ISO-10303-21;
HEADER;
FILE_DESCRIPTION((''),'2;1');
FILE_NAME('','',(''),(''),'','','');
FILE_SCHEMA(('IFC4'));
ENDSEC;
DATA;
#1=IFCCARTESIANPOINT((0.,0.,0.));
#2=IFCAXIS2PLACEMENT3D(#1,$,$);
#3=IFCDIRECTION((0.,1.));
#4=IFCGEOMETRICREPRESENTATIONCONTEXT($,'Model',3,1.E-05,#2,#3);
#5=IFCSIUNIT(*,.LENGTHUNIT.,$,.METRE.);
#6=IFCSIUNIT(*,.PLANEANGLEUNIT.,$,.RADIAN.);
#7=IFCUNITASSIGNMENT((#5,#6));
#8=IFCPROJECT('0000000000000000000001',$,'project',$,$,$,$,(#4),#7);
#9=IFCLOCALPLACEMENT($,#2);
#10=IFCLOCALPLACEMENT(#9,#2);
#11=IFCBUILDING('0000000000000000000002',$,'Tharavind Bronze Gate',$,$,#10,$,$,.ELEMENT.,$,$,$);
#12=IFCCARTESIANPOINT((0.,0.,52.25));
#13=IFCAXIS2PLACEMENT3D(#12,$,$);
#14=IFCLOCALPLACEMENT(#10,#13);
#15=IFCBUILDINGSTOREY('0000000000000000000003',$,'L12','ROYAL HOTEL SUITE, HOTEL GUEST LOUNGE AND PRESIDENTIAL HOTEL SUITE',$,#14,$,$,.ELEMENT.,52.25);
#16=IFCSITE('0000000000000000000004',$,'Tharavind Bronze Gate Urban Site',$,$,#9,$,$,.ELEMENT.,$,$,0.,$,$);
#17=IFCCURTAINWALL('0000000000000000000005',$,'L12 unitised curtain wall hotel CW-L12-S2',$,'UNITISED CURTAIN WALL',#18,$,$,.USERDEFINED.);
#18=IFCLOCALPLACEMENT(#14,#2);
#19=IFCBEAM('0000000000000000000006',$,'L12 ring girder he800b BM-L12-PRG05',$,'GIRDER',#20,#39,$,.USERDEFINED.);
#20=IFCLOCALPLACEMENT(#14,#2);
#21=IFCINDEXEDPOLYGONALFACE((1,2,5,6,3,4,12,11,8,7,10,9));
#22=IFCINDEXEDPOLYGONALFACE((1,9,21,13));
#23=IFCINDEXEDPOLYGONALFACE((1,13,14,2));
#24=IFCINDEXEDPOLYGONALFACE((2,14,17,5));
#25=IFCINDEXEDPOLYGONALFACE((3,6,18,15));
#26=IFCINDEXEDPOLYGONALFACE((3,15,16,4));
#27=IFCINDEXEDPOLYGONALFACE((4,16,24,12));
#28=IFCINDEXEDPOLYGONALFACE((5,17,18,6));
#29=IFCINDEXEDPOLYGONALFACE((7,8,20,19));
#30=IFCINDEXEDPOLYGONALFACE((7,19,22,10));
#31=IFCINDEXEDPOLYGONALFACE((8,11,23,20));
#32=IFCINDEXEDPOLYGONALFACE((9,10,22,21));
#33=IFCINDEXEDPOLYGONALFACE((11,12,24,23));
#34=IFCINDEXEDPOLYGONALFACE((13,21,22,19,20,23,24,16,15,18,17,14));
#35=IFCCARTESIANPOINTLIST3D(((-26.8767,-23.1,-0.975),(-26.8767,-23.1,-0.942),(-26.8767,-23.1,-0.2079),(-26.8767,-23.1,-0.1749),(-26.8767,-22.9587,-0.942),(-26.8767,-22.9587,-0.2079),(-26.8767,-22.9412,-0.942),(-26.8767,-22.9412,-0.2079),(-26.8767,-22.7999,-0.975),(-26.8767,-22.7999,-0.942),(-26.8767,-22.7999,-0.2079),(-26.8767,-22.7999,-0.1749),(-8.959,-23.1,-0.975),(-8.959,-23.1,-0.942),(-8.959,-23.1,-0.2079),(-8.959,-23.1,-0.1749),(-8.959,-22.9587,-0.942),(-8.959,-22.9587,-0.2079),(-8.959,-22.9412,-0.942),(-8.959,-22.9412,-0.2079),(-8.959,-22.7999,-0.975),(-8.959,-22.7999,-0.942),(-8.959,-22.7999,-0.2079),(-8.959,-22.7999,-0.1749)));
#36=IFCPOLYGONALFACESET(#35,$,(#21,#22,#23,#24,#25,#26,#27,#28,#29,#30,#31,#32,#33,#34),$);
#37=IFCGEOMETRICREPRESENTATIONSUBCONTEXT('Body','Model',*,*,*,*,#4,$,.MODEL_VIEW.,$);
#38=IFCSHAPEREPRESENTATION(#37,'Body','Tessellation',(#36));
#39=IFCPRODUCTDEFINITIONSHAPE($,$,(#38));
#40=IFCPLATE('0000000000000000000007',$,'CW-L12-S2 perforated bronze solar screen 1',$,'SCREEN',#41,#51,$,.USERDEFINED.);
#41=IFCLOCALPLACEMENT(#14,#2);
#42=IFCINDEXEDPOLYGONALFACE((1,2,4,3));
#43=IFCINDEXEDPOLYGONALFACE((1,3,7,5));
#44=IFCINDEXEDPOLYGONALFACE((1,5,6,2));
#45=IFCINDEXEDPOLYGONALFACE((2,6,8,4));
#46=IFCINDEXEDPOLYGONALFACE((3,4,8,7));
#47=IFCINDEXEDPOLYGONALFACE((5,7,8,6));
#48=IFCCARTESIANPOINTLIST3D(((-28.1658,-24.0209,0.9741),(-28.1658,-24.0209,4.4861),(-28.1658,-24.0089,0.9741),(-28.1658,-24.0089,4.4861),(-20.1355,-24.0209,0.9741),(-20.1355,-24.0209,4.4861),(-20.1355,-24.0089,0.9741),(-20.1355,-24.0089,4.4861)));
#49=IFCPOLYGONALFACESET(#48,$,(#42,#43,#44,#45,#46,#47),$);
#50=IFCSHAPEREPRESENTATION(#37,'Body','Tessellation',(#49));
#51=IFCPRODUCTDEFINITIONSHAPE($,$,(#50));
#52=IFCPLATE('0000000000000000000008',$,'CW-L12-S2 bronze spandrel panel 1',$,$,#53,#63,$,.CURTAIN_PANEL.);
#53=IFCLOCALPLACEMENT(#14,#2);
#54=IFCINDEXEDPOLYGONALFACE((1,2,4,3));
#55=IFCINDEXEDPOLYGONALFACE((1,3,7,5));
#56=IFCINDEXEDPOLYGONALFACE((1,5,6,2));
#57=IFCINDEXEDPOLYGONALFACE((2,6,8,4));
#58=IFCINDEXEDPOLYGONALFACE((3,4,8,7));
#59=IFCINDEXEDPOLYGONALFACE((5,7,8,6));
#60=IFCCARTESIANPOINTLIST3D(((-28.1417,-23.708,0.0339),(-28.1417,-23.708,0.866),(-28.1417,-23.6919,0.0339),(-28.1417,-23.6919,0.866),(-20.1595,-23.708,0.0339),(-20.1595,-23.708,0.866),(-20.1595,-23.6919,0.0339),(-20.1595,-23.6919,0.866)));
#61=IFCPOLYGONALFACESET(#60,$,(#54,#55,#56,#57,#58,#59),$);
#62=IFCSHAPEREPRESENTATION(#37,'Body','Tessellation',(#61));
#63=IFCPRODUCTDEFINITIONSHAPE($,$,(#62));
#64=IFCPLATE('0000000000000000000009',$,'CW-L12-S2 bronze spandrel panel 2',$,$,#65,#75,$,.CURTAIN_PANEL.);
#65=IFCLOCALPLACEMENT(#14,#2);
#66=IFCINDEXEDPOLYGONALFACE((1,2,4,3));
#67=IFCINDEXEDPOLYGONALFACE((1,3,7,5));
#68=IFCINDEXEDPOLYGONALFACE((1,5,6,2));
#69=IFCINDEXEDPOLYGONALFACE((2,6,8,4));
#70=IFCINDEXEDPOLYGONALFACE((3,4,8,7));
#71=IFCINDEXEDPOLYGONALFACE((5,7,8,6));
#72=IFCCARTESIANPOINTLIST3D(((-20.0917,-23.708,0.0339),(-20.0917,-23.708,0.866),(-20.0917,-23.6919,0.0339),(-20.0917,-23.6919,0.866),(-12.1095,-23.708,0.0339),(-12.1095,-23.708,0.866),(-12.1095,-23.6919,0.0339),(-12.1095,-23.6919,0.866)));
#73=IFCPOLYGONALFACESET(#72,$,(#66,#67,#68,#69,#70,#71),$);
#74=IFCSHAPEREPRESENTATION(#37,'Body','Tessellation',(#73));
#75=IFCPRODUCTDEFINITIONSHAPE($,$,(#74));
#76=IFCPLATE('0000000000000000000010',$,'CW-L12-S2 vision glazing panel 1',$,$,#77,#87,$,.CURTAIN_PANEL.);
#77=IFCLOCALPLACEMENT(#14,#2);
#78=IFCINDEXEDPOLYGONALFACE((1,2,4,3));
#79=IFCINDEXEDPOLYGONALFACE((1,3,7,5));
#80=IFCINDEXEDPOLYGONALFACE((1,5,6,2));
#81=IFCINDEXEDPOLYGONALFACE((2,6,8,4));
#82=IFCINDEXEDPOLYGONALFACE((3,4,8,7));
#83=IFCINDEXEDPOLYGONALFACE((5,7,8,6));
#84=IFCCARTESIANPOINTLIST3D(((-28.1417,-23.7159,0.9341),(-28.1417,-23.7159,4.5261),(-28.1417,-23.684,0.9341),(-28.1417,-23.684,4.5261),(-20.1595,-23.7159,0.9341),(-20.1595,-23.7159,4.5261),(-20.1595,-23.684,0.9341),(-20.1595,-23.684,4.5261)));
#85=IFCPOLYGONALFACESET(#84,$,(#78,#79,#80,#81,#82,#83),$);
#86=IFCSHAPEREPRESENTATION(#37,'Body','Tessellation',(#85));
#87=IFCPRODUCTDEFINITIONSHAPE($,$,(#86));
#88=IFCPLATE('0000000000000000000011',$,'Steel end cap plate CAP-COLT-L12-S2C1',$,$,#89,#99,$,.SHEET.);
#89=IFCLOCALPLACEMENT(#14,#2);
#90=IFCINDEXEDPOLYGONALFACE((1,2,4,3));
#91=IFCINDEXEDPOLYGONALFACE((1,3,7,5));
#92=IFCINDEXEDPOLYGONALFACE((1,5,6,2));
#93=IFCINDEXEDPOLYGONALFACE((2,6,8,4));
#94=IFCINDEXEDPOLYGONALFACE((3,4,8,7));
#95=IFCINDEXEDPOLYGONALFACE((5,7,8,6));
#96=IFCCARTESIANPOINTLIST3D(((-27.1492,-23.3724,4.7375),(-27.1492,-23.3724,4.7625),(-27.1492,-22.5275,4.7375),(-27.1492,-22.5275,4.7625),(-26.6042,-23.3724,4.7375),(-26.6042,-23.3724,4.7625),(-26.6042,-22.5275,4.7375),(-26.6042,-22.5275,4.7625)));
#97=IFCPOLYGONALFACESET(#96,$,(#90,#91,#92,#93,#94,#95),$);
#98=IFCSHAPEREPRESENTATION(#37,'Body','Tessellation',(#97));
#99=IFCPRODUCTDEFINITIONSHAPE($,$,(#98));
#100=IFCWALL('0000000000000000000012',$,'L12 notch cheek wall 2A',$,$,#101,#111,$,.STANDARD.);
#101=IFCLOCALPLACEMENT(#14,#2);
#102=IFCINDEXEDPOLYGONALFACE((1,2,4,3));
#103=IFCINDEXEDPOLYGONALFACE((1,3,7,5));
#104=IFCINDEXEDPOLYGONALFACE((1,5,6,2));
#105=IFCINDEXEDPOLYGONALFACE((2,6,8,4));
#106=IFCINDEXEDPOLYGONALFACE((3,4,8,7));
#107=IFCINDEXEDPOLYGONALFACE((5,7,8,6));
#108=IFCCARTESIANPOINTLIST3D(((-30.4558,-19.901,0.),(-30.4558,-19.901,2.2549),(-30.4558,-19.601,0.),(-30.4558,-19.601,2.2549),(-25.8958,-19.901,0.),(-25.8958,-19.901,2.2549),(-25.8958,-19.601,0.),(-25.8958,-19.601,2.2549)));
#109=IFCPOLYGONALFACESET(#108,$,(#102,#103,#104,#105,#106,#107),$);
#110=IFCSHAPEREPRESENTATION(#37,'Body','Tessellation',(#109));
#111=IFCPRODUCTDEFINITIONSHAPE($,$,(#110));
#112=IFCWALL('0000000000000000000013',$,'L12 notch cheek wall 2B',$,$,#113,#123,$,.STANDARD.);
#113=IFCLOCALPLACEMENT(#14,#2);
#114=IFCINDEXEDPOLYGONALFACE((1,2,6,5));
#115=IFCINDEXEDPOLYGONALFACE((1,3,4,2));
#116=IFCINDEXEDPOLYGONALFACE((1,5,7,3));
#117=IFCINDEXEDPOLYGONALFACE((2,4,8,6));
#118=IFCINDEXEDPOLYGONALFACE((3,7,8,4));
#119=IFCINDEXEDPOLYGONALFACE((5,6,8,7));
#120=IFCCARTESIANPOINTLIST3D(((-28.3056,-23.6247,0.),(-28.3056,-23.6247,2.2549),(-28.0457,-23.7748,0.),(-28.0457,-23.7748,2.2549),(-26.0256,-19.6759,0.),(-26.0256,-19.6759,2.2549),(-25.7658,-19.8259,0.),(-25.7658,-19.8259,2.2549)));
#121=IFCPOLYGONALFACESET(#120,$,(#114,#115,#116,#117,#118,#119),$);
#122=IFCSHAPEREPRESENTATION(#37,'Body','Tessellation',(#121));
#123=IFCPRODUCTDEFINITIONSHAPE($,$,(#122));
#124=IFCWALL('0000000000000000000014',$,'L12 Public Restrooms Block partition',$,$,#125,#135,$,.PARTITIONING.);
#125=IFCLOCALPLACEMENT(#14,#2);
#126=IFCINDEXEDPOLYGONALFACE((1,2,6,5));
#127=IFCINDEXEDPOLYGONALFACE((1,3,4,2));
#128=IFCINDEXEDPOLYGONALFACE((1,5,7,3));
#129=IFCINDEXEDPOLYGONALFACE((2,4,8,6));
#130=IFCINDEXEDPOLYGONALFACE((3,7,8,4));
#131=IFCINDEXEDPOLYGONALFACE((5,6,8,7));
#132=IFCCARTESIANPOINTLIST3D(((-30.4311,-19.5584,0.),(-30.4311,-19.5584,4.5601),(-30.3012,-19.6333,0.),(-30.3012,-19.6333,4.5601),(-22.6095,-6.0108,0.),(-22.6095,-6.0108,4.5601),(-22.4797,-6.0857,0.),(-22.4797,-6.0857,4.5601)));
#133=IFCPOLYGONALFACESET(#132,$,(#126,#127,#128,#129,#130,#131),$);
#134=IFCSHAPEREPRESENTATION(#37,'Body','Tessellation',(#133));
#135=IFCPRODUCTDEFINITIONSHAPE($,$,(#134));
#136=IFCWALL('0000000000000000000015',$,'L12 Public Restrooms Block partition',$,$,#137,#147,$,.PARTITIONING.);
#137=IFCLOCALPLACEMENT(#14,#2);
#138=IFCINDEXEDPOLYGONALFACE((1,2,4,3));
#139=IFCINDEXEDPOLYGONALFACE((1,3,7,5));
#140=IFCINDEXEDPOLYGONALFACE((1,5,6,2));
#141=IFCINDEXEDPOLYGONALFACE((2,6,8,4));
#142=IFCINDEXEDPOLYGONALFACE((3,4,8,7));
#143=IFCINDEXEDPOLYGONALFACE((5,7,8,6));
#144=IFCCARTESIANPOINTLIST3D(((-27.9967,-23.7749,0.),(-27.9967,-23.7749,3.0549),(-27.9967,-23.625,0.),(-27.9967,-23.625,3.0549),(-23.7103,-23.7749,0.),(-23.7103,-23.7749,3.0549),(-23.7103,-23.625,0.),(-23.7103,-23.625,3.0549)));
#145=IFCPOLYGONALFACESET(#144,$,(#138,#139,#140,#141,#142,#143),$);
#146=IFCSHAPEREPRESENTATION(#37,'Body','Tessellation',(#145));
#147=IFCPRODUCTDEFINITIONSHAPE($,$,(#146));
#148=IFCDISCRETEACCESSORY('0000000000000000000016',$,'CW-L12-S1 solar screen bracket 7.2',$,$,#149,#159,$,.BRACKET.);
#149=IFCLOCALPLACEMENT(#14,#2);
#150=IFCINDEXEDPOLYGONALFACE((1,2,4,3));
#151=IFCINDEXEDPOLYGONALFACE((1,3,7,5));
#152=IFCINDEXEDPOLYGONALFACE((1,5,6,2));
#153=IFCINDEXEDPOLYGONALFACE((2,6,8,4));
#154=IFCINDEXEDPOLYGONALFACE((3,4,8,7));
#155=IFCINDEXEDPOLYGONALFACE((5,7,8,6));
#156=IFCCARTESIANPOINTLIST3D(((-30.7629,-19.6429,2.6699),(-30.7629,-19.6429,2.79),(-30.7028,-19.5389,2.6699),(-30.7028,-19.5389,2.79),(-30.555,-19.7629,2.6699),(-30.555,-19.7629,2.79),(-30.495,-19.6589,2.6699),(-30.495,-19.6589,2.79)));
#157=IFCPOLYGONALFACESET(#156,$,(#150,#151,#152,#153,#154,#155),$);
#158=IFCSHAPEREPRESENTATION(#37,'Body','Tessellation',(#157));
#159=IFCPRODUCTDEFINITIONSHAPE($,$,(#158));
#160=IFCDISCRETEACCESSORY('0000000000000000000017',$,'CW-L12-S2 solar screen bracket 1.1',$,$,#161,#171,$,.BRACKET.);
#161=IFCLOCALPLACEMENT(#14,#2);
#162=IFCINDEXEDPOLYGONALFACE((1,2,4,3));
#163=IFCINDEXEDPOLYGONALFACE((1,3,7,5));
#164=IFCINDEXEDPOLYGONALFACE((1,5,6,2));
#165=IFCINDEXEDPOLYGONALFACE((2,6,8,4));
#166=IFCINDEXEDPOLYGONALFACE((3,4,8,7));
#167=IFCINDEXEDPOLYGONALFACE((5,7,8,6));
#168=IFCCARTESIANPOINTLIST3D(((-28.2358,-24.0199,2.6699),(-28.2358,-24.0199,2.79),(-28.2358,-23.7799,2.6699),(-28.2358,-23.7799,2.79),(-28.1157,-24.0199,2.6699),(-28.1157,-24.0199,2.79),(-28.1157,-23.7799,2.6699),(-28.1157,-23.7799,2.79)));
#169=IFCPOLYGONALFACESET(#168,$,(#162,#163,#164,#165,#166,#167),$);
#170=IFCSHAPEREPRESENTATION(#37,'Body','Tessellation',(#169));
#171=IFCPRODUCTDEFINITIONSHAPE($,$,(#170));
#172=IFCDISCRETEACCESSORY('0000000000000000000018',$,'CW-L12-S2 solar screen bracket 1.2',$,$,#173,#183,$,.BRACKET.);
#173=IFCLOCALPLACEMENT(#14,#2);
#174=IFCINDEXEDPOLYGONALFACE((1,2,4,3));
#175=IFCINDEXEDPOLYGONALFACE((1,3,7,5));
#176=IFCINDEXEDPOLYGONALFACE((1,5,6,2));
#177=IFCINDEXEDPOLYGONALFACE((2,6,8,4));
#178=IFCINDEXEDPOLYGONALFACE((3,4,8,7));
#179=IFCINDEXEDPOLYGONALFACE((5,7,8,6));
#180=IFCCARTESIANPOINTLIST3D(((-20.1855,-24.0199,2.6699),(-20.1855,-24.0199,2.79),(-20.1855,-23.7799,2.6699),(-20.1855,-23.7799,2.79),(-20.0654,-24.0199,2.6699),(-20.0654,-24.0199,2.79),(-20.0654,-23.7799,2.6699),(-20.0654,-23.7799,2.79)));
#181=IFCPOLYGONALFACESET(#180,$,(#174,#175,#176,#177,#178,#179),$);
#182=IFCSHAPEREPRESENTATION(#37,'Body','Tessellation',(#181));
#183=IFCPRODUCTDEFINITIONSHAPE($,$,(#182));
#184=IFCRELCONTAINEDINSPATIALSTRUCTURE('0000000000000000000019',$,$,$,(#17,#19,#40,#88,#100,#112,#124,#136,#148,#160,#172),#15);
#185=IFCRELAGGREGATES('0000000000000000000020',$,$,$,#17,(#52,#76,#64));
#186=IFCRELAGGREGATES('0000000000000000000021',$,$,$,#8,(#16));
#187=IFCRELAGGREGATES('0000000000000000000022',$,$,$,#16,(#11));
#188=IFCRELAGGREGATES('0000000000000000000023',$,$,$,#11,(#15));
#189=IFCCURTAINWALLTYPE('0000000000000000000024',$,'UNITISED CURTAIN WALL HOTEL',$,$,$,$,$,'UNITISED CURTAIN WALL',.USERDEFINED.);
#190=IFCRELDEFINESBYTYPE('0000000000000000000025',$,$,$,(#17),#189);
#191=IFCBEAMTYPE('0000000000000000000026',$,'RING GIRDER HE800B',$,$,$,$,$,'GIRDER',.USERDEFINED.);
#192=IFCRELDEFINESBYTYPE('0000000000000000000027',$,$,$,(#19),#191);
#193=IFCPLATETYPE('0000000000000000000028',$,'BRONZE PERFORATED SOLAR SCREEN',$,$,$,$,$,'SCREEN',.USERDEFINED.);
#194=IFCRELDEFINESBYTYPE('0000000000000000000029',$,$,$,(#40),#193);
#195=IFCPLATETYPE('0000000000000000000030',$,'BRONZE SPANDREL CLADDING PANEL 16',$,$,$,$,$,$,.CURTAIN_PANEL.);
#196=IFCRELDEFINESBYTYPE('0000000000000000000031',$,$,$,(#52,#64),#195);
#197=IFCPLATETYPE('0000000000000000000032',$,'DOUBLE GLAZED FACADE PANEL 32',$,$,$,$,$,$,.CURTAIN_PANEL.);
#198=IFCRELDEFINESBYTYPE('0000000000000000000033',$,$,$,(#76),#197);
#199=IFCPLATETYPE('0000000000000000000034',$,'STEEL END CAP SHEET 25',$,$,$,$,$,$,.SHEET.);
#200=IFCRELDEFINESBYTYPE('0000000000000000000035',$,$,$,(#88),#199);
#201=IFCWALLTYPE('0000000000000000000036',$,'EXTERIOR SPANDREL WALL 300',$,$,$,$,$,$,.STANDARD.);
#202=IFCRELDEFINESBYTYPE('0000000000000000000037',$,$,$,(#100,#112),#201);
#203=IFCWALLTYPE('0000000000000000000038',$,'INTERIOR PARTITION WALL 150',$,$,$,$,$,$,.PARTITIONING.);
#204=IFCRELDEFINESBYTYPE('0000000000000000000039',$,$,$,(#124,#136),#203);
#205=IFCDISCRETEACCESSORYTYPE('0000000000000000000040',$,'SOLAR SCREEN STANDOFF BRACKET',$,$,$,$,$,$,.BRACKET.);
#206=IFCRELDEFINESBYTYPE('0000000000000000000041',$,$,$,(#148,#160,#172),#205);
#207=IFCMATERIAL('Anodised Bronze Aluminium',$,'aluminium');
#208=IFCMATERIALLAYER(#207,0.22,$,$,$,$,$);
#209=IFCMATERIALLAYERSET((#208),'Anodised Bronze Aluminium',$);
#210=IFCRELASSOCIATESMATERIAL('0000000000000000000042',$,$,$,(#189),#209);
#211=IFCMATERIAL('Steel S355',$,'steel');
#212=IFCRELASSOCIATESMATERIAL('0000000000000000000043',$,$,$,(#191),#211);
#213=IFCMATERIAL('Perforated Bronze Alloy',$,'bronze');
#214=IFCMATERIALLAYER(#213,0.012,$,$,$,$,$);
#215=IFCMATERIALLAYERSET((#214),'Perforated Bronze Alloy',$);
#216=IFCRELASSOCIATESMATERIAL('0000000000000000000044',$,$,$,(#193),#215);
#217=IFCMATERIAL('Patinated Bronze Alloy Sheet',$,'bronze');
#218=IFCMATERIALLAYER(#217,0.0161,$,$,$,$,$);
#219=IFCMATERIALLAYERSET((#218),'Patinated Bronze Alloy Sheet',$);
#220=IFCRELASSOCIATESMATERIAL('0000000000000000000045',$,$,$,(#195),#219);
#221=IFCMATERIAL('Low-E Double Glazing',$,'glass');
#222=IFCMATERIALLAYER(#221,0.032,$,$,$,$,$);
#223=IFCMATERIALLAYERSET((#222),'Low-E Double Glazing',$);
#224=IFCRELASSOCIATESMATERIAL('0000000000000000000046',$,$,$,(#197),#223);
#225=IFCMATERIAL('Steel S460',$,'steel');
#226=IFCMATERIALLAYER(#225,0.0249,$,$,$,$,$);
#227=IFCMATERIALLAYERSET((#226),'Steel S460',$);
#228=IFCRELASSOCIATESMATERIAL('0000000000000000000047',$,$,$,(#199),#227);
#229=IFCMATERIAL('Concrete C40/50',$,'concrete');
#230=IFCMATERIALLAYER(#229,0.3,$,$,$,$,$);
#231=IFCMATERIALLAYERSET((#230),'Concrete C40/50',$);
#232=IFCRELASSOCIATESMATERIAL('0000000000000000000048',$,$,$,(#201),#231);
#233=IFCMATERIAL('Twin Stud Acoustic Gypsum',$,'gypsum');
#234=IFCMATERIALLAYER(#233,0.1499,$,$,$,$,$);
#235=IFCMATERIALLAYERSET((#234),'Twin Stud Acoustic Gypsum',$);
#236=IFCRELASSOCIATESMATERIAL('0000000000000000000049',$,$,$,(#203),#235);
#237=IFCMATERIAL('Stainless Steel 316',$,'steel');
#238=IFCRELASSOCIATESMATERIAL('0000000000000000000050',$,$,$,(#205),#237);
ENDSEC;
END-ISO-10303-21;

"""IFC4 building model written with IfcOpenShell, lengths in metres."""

from ifc_helpers import new_model, si_unit, direction, frame, frame_2d, origin, origin_2d, place, context, subcontext, project, spatial, rectangle, i_section, extrude, material, layer, layer_set, material_profile, profile_set, type_object, element, aggregate, save


model = new_model("IFC4")

# Units and contexts
model_context = context("Model", 3, precision=1e-05, world=origin(), true_north=direction((0.0, 1.0)))
body_context = subcontext(model_context, "Body", "Model", "MODEL_VIEW")
ifc_project = project(units=[si_unit("LENGTHUNIT", "METRE"), si_unit("PLANEANGLEUNIT", "RADIAN")], contexts=[model_context])

# Site, building, storey
site_placement = place(None, origin())
site = spatial("IfcSite", under=ifc_project, at=site_placement, Name="Tharavind Bronze Gate Urban Site", CompositionType="ELEMENT", RefElevation=0.0)
building_placement = place(site_placement, origin())
building = spatial("IfcBuilding", under=site, at=building_placement, Name="Tharavind Bronze Gate", CompositionType="ELEMENT")
storey_placement = place(building_placement, frame((0.0, 0.0, 52.25)))
storey = spatial("IfcBuildingStorey", under=building, at=storey_placement, Name="L12", Description="ROYAL HOTEL SUITE, HOTEL GUEST LOUNGE AND PRESIDENTIAL HOTEL SUITE", CompositionType="ELEMENT", Elevation=52.25)

# Shared definitions
ifc_material_1 = material(Name="Steel S460", Category="steel")

# Shared definitions
ifc_material_2 = material(Name="Anodised Bronze Aluminium", Category="aluminium")
ifc_layer_1 = layer(ifc_material_2, 0.22)
ifc_layer_set_1 = layer_set([ifc_layer_1], Name="Anodised Bronze Aluminium")
curtain_wall_type = type_object("IfcCurtainWallType", Name="UNITISED CURTAIN WALL HOTEL", ElementType="UNITISED CURTAIN WALL", PredefinedType="USERDEFINED", material=ifc_layer_set_1)

# Curtain wall
curtain_wall_1_placement = place(storey_placement, origin())
curtain_wall_1 = element("IfcCurtainWall", 1, at=curtain_wall_1_placement, inside=storey, type_object=curtain_wall_type, Name="L12 unitised curtain wall hotel CW-L12-S2", ObjectType="UNITISED CURTAIN WALL", PredefinedType="USERDEFINED")

# Beam
ifc_material_3 = material(Name="Steel S355", Category="steel")
ifc_material_profile_1 = material_profile(ifc_material_3, i_section(OverallWidth=0.3, OverallDepth=0.8, WebThickness=0.0176, FlangeThickness=0.033, at=origin_2d()), Name="HE800B")
ifc_profile_set_1 = profile_set([ifc_material_profile_1], Name="Steel S355")
beam_type_1 = type_object("IfcBeamType", Name="RING GIRDER HE800B", ElementType="GIRDER", PredefinedType="USERDEFINED", material=ifc_profile_set_1)
beam_1_placement = place(storey_placement, frame((-26.8767, -22.95, -0.575), z_axis=(1.0, 0.0, 0.0), x_axis=(0.0, 1.0, 0.0)))
element("IfcBeam", 2, at=beam_1_placement, inside=storey, type_object=beam_type_1, Name="L12 ring girder he800b BM-L12-PRG05", ObjectType="GIRDER", PredefinedType="USERDEFINED", context=body_context, shape_type="SweptSolid", body=[
    extrude(i_section(OverallWidth=0.3, OverallDepth=0.8, WebThickness=0.0176, FlangeThickness=0.033, at=origin_2d()), origin(), (0.0, 0.0, 1.0), 17.9177),
])

# Plates
ifc_material_4 = material(Name="Perforated Bronze Alloy", Category="bronze")
ifc_layer_2 = layer(ifc_material_4, 0.012)
ifc_layer_set_2 = layer_set([ifc_layer_2], Name="Perforated Bronze Alloy")
plate_type_1 = type_object("IfcPlateType", Name="BRONZE PERFORATED SOLAR SCREEN", ElementType="SCREEN", PredefinedType="USERDEFINED", material=ifc_layer_set_2)
plate_1_placement = place(storey_placement, frame((-24.1506, -24.0149, 0.9741), z_axis=(0.0, 0.0, 1.0), x_axis=(1.0, 0.0, 0.0)))
element("IfcPlate", 3, at=plate_1_placement, inside=storey, type_object=plate_type_1, Name="CW-L12-S2 perforated bronze solar screen 1", ObjectType="SCREEN", PredefinedType="USERDEFINED", context=body_context, shape_type="SweptSolid", body=[
    extrude(rectangle(XDim=8.0303, YDim=0.012, at=origin_2d()), origin(), (0.0, 0.0, 1.0), 3.512),
])
ifc_material_5 = material(Name="Patinated Bronze Alloy Sheet", Category="bronze")
ifc_layer_3 = layer(ifc_material_5, 0.0161)
ifc_layer_set_3 = layer_set([ifc_layer_3], Name="Patinated Bronze Alloy Sheet")
plate_type_2 = type_object("IfcPlateType", Name="BRONZE SPANDREL CLADDING PANEL 16", PredefinedType="CURTAIN_PANEL", material=ifc_layer_set_3)
plate_2_placement = place(storey_placement, frame((-24.1506, -23.7, 0.0339), z_axis=(0.0, 0.0, 1.0), x_axis=(1.0, 0.0, 0.0)))
plate_2 = element("IfcPlate", 4, at=plate_2_placement, type_object=plate_type_2, Name="CW-L12-S2 bronze spandrel panel 1", PredefinedType="CURTAIN_PANEL", context=body_context, shape_type="SweptSolid", body=[
    extrude(rectangle(XDim=7.9822, YDim=0.0161, at=origin_2d()), origin(), (0.0, 0.0, 1.0), 0.832),
])
plate_3_placement = place(storey_placement, frame((-16.1006, -23.7, 0.0339), z_axis=(0.0, 0.0, 1.0), x_axis=(1.0, 0.0, 0.0)))
plate_3 = element("IfcPlate", 5, at=plate_3_placement, type_object=plate_type_2, Name="CW-L12-S2 bronze spandrel panel 2", PredefinedType="CURTAIN_PANEL", context=body_context, shape_type="SweptSolid", body=[
    extrude(rectangle(XDim=7.9822, YDim=0.0161, at=origin_2d()), origin(), (0.0, 0.0, 1.0), 0.832),
])
ifc_material_6 = material(Name="Low-E Double Glazing", Category="glass")
ifc_layer_4 = layer(ifc_material_6, 0.032)
ifc_layer_set_4 = layer_set([ifc_layer_4], Name="Low-E Double Glazing")
plate_type_3 = type_object("IfcPlateType", Name="DOUBLE GLAZED FACADE PANEL 32", PredefinedType="CURTAIN_PANEL", material=ifc_layer_set_4)
plate_4_placement = place(storey_placement, frame((-24.1506, -23.7, 0.9341), z_axis=(0.0, 0.0, 1.0), x_axis=(1.0, 0.0, 0.0)))
plate_4 = element("IfcPlate", 6, at=plate_4_placement, type_object=plate_type_3, Name="CW-L12-S2 vision glazing panel 1", PredefinedType="CURTAIN_PANEL", context=body_context, shape_type="SweptSolid", body=[
    extrude(rectangle(XDim=7.9822, YDim=0.032, at=origin_2d()), origin(), (0.0, 0.0, 1.0), 3.592),
])
aggregate(curtain_wall_1, [plate_2, plate_4, plate_3])
ifc_layer_5 = layer(ifc_material_1, 0.0249)
ifc_layer_set_5 = layer_set([ifc_layer_5], Name="Steel S460")
plate_type_4 = type_object("IfcPlateType", Name="STEEL END CAP SHEET 25", PredefinedType="SHEET", material=ifc_layer_set_5)
plate_5_placement = place(storey_placement, frame((-26.8767, -22.95, 4.7375), z_axis=(0.0, 0.0, 1.0), x_axis=(1.0, 0.0, 0.0)))
element("IfcPlate", 7, at=plate_5_placement, inside=storey, type_object=plate_type_4, Name="Steel end cap plate CAP-COLT-L12-S2C1", PredefinedType="SHEET", context=body_context, shape_type="SweptSolid", body=[
    extrude(rectangle(XDim=0.5449, YDim=0.845, at=origin_2d()), origin(), (0.0, 0.0, 1.0), 0.0249),
])

# Walls
ifc_material_7 = material(Name="Concrete C40/50", Category="concrete")
ifc_layer_6 = layer(ifc_material_7, 0.3)
ifc_layer_set_6 = layer_set([ifc_layer_6], Name="Concrete C40/50")
wall_type_1 = type_object("IfcWallType", Name="EXTERIOR SPANDREL WALL 300", PredefinedType="STANDARD", material=ifc_layer_set_6)
wall_1_placement = place(storey_placement, frame((-30.4558, -19.751, 0.0), z_axis=(0.0, 0.0, 1.0), x_axis=(1.0, 0.0, 0.0)))
element("IfcWall", 8, at=wall_1_placement, inside=storey, type_object=wall_type_1, Name="L12 notch cheek wall 2A", PredefinedType="STANDARD", context=body_context, shape_type="SweptSolid", body=[
    extrude(rectangle(XDim=4.5601, YDim=0.3, at=frame_2d((2.28, 0.0))), origin(), (0.0, 0.0, 1.0), 2.2549),
])
wall_2_placement = place(storey_placement, frame((-25.8958, -19.751, 0.0), z_axis=(0.0, 0.0, 1.0), x_axis=(-0.500014, -0.866017, 0.0)))
element("IfcWall", 9, at=wall_2_placement, inside=storey, type_object=wall_type_1, Name="L12 notch cheek wall 2B", PredefinedType="STANDARD", context=body_context, shape_type="SweptSolid", body=[
    extrude(rectangle(XDim=4.5598, YDim=0.3, at=frame_2d((2.2798, 0.0))), origin(), (0.0, 0.0, 1.0), 2.2549),
])
ifc_material_8 = material(Name="Twin Stud Acoustic Gypsum", Category="gypsum")
ifc_layer_7 = layer(ifc_material_8, 0.1499)
ifc_layer_set_7 = layer_set([ifc_layer_7], Name="Twin Stud Acoustic Gypsum")
wall_type_2 = type_object("IfcWallType", Name="INTERIOR PARTITION WALL 150", PredefinedType="PARTITIONING", material=ifc_layer_set_7)
wall_3_placement = place(storey_placement, frame((-30.3662, -19.5959, 0.0), z_axis=(0.0, 0.0, 1.0), x_axis=(0.499991, 0.86603, 0.0)))
element("IfcWall", 10, at=wall_3_placement, inside=storey, type_object=wall_type_2, Name="L12 Public Restrooms Block partition", PredefinedType="PARTITIONING", context=body_context, shape_type="SweptSolid", body=[
    extrude(rectangle(XDim=15.6433, YDim=0.1499, at=frame_2d((7.8218, 0.0))), origin(), (0.0, 0.0, 1.0), 4.5601),
])
wall_4_placement = place(storey_placement, frame((-23.7104, -23.7, 0.0), z_axis=(0.0, 0.0, 1.0), x_axis=(-1.0, 0.0, 0.0)))
element("IfcWall", 11, at=wall_4_placement, inside=storey, type_object=wall_type_2, Name="L12 Public Restrooms Block partition", PredefinedType="PARTITIONING", context=body_context, shape_type="SweptSolid", body=[
    extrude(rectangle(XDim=4.2864, YDim=0.1499, at=frame_2d((2.1431, 0.0))), origin(), (0.0, 0.0, 1.0), 3.0549),
])

# Discrete accessories
ifc_material_9 = material(Name="Stainless Steel 316", Category="steel")
discrete_accessory_type = type_object("IfcDiscreteAccessoryType", Name="SOLAR SCREEN STANDOFF BRACKET", PredefinedType="BRACKET", material=ifc_material_9)
for number, where, z_axis, x_axis, name in (
    (12, (-30.6289, -19.6509, 2.6699), (0.0, 0.0, 1.0), (-0.500002, -0.866025, 0.0), "CW-L12-S1 solar screen bracket 7.2"),
    (13, (-28.1758, -23.8999, 2.6699), (0.0, 0.0, 1.0), (1.0, 0.0, 0.0), "CW-L12-S2 solar screen bracket 1.1"),
    (14, (-20.1255, -23.8999, 2.6699), (0.0, 0.0, 1.0), (1.0, 0.0, 0.0), "CW-L12-S2 solar screen bracket 1.2"),
):
    element("IfcDiscreteAccessory", number, at=place(storey_placement, frame(where, z_axis=z_axis, x_axis=x_axis)), inside=storey, type_object=discrete_accessory_type, Name=name, PredefinedType="BRACKET", context=body_context, shape_type="SweptSolid", body=[
        extrude(rectangle(XDim=0.1201, YDim=0.24, at=origin_2d()), origin(), (0.0, 0.0, 1.0), 0.1201),
    ])

save(model, "model.ifc")
